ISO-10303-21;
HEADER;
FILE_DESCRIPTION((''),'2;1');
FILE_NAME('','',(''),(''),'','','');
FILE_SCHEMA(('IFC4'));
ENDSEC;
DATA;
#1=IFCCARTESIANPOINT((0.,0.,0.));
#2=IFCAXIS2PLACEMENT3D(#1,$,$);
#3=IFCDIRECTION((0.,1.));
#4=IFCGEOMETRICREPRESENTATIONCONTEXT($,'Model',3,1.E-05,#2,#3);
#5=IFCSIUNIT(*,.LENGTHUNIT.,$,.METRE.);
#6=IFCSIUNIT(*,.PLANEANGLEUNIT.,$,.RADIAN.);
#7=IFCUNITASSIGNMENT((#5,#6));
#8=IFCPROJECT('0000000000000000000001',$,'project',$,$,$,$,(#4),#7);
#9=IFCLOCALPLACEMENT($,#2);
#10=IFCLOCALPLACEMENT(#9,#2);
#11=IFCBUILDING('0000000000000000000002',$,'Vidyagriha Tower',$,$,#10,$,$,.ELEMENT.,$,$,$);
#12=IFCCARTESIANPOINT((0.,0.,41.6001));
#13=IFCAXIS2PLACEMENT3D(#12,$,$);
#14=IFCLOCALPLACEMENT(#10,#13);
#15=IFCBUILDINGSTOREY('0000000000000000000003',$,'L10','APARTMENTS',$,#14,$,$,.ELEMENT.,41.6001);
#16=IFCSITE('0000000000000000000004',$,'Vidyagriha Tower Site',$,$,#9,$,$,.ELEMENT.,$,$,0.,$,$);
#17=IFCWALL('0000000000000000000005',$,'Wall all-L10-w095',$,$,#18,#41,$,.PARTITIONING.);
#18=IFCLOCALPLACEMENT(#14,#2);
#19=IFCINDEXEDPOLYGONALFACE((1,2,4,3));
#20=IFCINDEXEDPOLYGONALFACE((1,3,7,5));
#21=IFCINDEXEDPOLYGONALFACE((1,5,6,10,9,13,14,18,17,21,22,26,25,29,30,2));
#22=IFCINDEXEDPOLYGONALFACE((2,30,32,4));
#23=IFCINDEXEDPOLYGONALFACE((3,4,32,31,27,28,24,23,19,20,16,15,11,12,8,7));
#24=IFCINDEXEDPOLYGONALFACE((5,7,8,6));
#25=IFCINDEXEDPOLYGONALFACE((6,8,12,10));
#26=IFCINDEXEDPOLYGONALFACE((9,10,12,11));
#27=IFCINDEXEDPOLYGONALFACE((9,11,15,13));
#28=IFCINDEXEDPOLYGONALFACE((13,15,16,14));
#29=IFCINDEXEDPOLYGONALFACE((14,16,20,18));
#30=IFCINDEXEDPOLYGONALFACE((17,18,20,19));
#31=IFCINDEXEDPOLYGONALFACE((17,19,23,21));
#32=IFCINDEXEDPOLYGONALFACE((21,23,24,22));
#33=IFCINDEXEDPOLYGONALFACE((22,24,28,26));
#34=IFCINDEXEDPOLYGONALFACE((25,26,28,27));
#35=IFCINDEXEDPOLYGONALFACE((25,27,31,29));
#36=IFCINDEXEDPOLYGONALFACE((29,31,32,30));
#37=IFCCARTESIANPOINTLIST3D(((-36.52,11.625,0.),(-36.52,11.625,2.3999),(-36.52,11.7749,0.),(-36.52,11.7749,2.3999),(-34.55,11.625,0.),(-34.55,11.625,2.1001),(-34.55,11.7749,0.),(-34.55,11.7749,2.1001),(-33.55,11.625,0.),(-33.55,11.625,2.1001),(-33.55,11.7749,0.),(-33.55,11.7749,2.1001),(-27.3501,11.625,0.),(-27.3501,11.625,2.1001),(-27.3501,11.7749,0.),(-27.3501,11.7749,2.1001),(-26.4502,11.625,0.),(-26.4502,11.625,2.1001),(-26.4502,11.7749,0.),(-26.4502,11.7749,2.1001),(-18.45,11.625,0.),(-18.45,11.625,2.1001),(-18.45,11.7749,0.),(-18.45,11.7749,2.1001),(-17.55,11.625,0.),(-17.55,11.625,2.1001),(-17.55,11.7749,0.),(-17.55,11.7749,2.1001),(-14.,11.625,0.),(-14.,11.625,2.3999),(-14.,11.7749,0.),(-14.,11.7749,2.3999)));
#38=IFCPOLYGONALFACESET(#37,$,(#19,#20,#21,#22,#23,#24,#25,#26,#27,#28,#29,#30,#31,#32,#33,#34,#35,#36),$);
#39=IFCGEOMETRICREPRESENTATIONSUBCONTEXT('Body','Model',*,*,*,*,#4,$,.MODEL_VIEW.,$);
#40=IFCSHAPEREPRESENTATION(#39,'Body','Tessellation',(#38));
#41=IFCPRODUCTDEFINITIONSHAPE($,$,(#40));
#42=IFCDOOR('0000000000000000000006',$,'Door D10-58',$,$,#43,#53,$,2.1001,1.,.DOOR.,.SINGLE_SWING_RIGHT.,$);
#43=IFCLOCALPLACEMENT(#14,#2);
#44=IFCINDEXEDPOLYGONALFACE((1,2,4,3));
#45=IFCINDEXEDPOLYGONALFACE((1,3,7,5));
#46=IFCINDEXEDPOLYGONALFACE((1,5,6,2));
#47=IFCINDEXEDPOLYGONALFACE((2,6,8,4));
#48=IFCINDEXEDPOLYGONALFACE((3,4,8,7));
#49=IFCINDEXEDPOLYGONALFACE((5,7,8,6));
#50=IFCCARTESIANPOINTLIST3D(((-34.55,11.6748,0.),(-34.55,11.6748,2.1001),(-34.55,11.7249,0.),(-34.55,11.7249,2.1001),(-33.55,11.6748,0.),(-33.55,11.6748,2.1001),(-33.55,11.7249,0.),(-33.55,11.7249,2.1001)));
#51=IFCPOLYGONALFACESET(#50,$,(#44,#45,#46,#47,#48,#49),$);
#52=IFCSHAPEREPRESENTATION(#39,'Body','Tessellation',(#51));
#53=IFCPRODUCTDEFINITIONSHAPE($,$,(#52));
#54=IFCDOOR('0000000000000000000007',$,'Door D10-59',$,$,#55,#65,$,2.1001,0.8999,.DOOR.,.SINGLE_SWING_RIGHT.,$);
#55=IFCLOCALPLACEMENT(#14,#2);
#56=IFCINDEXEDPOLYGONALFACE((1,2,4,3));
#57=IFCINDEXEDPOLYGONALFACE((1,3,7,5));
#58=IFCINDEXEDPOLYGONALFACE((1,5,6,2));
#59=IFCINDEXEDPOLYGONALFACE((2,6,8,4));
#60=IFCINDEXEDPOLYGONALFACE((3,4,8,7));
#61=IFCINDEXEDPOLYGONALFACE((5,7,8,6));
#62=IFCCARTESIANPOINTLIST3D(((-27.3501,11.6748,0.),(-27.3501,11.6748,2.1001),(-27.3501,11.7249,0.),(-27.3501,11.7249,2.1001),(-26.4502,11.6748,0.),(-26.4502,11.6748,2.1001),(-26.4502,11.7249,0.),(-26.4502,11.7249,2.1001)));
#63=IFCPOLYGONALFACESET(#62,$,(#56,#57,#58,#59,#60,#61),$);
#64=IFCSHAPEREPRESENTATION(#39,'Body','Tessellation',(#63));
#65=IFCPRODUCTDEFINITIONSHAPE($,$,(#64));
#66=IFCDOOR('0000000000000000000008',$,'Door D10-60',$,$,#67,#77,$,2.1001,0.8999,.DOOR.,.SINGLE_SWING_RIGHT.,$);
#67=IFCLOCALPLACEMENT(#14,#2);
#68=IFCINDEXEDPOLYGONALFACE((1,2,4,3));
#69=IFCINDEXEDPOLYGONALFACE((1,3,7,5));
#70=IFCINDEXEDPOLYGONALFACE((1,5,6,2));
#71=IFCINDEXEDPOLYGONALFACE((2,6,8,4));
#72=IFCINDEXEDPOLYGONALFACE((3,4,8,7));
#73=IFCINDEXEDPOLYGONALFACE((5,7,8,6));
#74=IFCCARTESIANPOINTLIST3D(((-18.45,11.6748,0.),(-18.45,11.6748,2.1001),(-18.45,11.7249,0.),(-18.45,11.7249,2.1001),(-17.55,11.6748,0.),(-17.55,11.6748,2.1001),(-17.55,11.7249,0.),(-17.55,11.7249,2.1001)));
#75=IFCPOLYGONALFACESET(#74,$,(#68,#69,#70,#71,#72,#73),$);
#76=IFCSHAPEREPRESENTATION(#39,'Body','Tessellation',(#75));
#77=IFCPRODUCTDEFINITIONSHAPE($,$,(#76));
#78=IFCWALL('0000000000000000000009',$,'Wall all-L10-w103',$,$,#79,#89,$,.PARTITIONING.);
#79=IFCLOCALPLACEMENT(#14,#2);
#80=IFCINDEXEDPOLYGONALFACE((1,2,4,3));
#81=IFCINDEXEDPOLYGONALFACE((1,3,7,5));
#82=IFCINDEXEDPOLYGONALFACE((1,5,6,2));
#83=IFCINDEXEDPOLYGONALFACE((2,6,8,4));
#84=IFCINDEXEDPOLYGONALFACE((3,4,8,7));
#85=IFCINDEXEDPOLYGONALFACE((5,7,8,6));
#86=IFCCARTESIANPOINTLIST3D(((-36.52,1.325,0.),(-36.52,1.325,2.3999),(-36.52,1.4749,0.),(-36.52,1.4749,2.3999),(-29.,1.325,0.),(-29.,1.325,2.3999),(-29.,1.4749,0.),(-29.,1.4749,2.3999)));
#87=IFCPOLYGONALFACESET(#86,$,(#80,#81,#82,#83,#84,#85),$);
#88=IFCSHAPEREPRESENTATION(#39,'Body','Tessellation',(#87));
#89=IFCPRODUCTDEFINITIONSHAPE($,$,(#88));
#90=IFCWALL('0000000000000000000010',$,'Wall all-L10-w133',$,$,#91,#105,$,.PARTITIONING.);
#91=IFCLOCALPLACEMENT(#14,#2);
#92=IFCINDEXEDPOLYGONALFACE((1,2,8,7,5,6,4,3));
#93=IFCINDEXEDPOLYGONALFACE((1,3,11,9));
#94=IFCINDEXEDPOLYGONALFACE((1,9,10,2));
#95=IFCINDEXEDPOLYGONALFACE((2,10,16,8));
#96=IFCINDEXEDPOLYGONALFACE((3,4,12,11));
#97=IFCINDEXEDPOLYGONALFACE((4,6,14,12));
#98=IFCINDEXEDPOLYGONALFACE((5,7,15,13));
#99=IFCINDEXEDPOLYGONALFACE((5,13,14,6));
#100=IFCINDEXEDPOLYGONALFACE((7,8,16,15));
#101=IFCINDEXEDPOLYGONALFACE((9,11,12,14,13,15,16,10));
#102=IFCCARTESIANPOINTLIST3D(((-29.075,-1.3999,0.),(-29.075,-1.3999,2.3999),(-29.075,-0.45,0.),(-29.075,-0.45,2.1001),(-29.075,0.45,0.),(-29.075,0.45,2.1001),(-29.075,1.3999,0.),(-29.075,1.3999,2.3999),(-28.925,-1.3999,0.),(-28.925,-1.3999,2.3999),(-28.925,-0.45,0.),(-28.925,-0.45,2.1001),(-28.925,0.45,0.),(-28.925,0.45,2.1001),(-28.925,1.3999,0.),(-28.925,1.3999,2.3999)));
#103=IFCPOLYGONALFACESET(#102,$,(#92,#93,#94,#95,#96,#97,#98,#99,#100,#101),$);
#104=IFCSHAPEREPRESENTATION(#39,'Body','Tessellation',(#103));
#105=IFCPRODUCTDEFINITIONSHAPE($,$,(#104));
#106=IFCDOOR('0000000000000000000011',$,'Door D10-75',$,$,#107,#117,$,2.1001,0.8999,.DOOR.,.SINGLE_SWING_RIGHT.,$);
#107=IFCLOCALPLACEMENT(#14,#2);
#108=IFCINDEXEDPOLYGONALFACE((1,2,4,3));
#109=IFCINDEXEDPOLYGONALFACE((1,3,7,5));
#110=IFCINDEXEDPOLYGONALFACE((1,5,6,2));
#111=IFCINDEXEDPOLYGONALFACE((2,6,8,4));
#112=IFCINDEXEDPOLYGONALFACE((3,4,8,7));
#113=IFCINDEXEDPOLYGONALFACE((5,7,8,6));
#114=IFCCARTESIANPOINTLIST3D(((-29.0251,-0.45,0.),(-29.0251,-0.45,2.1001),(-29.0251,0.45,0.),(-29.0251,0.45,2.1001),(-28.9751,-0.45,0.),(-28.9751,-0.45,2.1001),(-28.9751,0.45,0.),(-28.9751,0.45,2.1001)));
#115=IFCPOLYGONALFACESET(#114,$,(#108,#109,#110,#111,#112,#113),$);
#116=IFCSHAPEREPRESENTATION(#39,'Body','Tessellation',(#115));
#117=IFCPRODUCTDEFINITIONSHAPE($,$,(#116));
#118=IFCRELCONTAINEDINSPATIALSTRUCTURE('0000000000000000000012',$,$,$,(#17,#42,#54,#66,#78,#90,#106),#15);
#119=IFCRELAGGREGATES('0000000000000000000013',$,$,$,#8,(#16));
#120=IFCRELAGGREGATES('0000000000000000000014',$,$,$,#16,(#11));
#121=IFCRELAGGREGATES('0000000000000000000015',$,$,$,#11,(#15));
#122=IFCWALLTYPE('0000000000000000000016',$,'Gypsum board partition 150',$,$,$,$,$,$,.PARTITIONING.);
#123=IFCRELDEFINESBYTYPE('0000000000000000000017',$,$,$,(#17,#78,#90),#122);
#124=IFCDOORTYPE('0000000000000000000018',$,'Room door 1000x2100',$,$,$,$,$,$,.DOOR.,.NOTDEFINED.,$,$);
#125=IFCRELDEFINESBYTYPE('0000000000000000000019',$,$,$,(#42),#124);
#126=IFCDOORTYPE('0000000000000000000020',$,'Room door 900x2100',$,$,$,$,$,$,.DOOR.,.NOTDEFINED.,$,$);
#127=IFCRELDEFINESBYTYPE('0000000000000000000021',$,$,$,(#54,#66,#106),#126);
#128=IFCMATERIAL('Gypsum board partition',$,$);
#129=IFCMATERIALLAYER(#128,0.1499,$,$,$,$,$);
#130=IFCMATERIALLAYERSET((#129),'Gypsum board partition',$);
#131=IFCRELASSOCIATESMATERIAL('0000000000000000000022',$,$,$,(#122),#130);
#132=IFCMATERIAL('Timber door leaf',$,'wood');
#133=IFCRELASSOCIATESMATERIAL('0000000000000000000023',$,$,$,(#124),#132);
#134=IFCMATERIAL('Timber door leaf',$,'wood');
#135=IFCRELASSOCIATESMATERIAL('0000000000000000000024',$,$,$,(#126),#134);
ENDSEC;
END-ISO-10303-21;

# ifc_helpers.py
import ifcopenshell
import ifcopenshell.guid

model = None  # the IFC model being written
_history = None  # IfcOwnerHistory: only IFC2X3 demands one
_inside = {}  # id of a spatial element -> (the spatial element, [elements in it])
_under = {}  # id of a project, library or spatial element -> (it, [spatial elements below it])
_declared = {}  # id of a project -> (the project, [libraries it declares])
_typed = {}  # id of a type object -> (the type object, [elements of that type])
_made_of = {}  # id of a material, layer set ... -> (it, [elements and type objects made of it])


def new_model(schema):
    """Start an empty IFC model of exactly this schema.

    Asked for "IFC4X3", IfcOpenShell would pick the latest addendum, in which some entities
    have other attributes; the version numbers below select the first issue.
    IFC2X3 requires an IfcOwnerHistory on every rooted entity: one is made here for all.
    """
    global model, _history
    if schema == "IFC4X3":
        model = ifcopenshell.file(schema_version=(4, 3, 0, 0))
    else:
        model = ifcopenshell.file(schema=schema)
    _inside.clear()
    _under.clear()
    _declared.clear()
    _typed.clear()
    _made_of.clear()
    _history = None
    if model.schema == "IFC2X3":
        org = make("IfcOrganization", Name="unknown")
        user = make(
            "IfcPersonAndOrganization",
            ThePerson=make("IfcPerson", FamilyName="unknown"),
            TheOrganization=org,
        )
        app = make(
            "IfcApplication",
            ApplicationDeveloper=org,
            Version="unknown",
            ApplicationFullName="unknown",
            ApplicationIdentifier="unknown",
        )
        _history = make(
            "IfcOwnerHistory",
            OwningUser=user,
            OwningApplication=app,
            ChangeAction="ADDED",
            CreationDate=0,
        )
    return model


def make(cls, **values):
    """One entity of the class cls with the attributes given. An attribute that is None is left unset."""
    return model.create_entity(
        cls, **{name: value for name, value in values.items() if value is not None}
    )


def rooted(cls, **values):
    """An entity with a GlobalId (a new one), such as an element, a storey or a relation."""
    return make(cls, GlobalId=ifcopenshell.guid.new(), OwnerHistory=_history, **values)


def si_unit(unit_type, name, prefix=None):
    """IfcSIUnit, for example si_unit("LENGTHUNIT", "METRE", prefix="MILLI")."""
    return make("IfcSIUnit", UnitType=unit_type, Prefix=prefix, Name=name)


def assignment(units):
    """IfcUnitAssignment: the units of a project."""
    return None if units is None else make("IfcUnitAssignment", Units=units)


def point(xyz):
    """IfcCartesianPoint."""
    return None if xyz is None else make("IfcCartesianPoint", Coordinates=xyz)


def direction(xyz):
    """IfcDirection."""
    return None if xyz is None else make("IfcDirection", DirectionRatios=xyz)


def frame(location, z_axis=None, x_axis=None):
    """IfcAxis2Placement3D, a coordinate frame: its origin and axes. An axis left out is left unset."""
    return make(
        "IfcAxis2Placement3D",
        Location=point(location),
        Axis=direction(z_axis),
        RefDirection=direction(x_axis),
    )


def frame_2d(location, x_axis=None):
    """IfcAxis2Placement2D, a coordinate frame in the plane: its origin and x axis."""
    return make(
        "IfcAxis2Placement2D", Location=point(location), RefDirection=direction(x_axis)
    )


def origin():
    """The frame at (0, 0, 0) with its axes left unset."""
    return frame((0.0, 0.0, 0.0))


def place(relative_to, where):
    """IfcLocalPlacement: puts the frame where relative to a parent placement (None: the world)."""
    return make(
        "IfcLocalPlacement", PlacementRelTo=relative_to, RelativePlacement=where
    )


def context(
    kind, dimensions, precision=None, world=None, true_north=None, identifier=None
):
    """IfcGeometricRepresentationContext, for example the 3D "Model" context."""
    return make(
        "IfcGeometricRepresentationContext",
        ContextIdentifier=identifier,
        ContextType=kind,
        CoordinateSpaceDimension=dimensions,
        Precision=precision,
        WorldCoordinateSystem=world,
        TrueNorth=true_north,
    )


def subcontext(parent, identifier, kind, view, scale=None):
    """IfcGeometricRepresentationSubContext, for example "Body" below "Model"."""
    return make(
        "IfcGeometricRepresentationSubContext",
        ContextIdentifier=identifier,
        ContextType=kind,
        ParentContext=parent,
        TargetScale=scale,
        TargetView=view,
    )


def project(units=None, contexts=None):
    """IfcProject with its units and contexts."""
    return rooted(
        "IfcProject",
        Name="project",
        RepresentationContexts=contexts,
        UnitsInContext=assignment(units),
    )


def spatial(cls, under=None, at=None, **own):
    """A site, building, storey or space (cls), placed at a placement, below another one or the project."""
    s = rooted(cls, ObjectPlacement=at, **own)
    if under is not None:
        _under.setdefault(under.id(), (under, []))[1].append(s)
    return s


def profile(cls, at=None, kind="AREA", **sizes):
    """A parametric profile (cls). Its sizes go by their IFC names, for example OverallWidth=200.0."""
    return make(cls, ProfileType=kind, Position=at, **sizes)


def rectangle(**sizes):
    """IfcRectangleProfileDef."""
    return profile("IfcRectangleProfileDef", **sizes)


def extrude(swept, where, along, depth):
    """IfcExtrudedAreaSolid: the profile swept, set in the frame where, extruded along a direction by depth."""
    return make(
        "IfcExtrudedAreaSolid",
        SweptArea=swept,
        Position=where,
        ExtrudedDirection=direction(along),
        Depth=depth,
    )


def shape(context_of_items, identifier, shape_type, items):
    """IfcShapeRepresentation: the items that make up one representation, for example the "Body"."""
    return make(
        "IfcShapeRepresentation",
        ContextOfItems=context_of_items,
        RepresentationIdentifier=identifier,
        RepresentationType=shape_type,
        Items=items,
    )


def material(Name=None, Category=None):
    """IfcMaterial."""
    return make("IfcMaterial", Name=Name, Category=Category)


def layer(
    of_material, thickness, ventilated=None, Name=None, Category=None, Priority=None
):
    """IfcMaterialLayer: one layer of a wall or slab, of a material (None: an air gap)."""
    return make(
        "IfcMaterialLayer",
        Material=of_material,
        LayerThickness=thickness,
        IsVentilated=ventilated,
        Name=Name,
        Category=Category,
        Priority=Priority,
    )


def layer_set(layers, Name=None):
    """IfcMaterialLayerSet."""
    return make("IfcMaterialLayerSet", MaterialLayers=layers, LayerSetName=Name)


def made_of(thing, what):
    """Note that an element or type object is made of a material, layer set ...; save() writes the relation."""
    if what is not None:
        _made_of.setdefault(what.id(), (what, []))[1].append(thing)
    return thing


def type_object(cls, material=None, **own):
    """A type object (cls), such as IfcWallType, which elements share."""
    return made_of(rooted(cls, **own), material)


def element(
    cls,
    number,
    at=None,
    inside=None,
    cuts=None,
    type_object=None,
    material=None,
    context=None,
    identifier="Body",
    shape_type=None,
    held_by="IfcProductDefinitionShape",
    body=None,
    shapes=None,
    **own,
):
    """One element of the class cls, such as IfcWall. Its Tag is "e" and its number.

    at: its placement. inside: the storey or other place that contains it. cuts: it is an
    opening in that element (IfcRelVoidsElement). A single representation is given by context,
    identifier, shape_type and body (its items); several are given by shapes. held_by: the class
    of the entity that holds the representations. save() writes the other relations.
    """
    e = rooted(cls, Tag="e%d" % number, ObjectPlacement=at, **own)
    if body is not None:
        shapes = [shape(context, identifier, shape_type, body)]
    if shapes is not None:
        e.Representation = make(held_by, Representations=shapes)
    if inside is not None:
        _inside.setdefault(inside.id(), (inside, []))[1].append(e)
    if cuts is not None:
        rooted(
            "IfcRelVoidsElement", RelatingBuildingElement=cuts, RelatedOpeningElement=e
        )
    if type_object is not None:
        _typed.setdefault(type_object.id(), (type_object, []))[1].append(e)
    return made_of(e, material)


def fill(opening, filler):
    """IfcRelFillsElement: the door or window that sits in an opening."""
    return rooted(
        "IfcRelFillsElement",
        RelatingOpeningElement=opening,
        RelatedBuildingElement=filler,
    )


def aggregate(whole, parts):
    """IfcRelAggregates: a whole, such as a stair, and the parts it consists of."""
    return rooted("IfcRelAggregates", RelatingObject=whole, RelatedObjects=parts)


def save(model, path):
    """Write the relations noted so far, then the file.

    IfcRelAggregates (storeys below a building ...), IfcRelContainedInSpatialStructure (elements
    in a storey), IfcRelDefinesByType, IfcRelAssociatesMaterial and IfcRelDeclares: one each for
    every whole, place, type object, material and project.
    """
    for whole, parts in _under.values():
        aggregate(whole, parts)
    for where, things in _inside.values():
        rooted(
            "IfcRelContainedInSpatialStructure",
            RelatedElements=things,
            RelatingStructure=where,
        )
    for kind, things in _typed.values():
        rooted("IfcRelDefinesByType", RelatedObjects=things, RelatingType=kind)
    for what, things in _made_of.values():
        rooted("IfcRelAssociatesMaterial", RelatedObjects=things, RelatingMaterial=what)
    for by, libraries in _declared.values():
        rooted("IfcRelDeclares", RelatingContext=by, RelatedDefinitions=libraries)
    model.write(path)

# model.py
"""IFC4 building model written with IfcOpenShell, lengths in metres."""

from ifc_helpers import new_model, si_unit, direction, frame, frame_2d, origin, place, context, subcontext, project, spatial, rectangle, extrude, material, layer, layer_set, type_object, element, fill, save


model = new_model("IFC4")

# Units and contexts
model_context = context("Model", 3, precision=1e-05, world=origin(), true_north=direction((0.0, 1.0)))
body_context = subcontext(model_context, "Body", "Model", "MODEL_VIEW")
ifc_project = project(units=[si_unit("LENGTHUNIT", "METRE"), si_unit("PLANEANGLEUNIT", "RADIAN")], contexts=[model_context])

# Site, building, storey
site_placement = place(None, origin())
site = spatial("IfcSite", under=ifc_project, at=site_placement, Name="Vidyagriha Tower Site", CompositionType="ELEMENT", RefElevation=0.0)
building_placement = place(site_placement, origin())
building = spatial("IfcBuilding", under=site, at=building_placement, Name="Vidyagriha Tower", CompositionType="ELEMENT")
storey_placement = place(building_placement, frame((0.0, 0.0, 41.6001)))
storey = spatial("IfcBuildingStorey", under=building, at=storey_placement, Name="L10", Description="APARTMENTS", CompositionType="ELEMENT", Elevation=41.6001)

# Shared definitions
ifc_material_1 = material(Name="Gypsum board partition")
ifc_layer_1 = layer(ifc_material_1, 0.1499)
ifc_layer_set_1 = layer_set([ifc_layer_1], Name="Gypsum board partition")
wall_type_1 = type_object("IfcWallType", Name="Gypsum board partition 150", PredefinedType="PARTITIONING", material=ifc_layer_set_1)

# Wall, openings, doors
wall_1_placement = place(storey_placement, frame((-36.52, 11.7, 0.0)))
wall_1 = element("IfcWall", 1, at=wall_1_placement, inside=storey, type_object=wall_type_1, Name="Wall all-L10-w095", PredefinedType="PARTITIONING", context=body_context, shape_type="SweptSolid", body=[
    extrude(rectangle(XDim=22.52, YDim=0.1499, at=frame_2d((11.26, 0.0))), origin(), (0.0, 0.0, 1.0), 2.3999),
])
opening_1_placement = place(wall_1_placement, frame((1.97, 0.0, 0.0)))
opening_1 = element("IfcOpeningElement", 2, at=opening_1_placement, cuts=wall_1, PredefinedType="OPENING", context=body_context, shape_type="SweptSolid", body=[
    extrude(rectangle(XDim=1.0, YDim=2.1001, at=frame_2d((0.5, 1.05))), frame((0.0, 0.085, 0.0), z_axis=(0.0, -1.0, 0.0), x_axis=(1.0, 0.0, 0.0)), (0.0, 0.0, 1.0), 0.1699),
])
opening_2_placement = place(wall_1_placement, frame((9.1699, 0.0, 0.0)))
opening_2 = element("IfcOpeningElement", 3, at=opening_2_placement, cuts=wall_1, PredefinedType="OPENING", context=body_context, shape_type="SweptSolid", body=[
    extrude(rectangle(XDim=0.8999, YDim=2.1001, at=frame_2d((0.45, 1.05))), frame((0.0, 0.085, 0.0), z_axis=(0.0, -1.0, 0.0), x_axis=(1.0, 0.0, 0.0)), (0.0, 0.0, 1.0), 0.1699),
])
opening_3_placement = place(wall_1_placement, frame((18.0701, 0.0, 0.0)))
opening_3 = element("IfcOpeningElement", 4, at=opening_3_placement, cuts=wall_1, PredefinedType="OPENING", context=body_context, shape_type="SweptSolid", body=[
    extrude(rectangle(XDim=0.8999, YDim=2.1001, at=frame_2d((0.45, 1.05))), frame((0.0, 0.085, 0.0), z_axis=(0.0, -1.0, 0.0), x_axis=(1.0, 0.0, 0.0)), (0.0, 0.0, 1.0), 0.1699),
])
ifc_material_2 = material(Name="Timber door leaf", Category="wood")
door_type_1 = type_object("IfcDoorType", Name="Room door 1000x2100", OperationType="NOTDEFINED", PredefinedType="DOOR", material=ifc_material_2)
door_1_placement = place(opening_1_placement, origin())
door_1 = element("IfcDoor", 5, at=door_1_placement, inside=storey, type_object=door_type_1, Name="Door D10-58", OperationType="SINGLE_SWING_RIGHT", OverallHeight=2.1001, OverallWidth=1.0, PredefinedType="DOOR", context=body_context, shape_type="SweptSolid", body=[
    extrude(rectangle(XDim=1.0, YDim=2.1001, at=frame_2d((0.5, 1.05))), frame((0.0, 0.0249, 0.0), z_axis=(0.0, -1.0, 0.0), x_axis=(1.0, 0.0, 0.0)), (0.0, 0.0, 1.0), 0.05),
])
fill(opening_1, door_1)
ifc_material_3 = material(Name="Timber door leaf", Category="wood")
door_type_2 = type_object("IfcDoorType", Name="Room door 900x2100", OperationType="NOTDEFINED", PredefinedType="DOOR", material=ifc_material_3)
door_2_placement = place(opening_2_placement, origin())
door_2 = element("IfcDoor", 6, at=door_2_placement, inside=storey, type_object=door_type_2, Name="Door D10-59", OperationType="SINGLE_SWING_RIGHT", OverallHeight=2.1001, OverallWidth=0.8999, PredefinedType="DOOR", context=body_context, shape_type="SweptSolid", body=[
    extrude(rectangle(XDim=0.8999, YDim=2.1001, at=frame_2d((0.45, 1.05))), frame((0.0, 0.0249, 0.0), z_axis=(0.0, -1.0, 0.0), x_axis=(1.0, 0.0, 0.0)), (0.0, 0.0, 1.0), 0.05),
])
fill(opening_2, door_2)
door_3_placement = place(opening_3_placement, origin())
door_3 = element("IfcDoor", 7, at=door_3_placement, inside=storey, type_object=door_type_2, Name="Door D10-60", OperationType="SINGLE_SWING_RIGHT", OverallHeight=2.1001, OverallWidth=0.8999, PredefinedType="DOOR", context=body_context, shape_type="SweptSolid", body=[
    extrude(rectangle(XDim=0.8999, YDim=2.1001, at=frame_2d((0.45, 1.05))), frame((0.0, 0.0249, 0.0), z_axis=(0.0, -1.0, 0.0), x_axis=(1.0, 0.0, 0.0)), (0.0, 0.0, 1.0), 0.05),
])
fill(opening_3, door_3)

# Wall
wall_2_placement = place(storey_placement, frame((-36.52, 1.3999, 0.0)))
element("IfcWall", 8, at=wall_2_placement, inside=storey, type_object=wall_type_1, Name="Wall all-L10-w103", PredefinedType="PARTITIONING", context=body_context, shape_type="SweptSolid", body=[
    extrude(rectangle(XDim=7.52, YDim=0.1499, at=frame_2d((3.76, 0.0))), origin(), (0.0, 0.0, 1.0), 2.3999),
])

# Wall, opening, door
wall_3_placement = place(storey_placement, frame((-29.0, 1.3999, 0.0), z_axis=(0.0, 0.0, 1.0), x_axis=(0.0, -1.0, 0.0)))
wall_3 = element("IfcWall", 9, at=wall_3_placement, inside=storey, type_object=wall_type_1, Name="Wall all-L10-w133", PredefinedType="PARTITIONING", context=body_context, shape_type="SweptSolid", body=[
    extrude(rectangle(XDim=2.7998, YDim=0.1499, at=frame_2d((1.3999, 0.0))), origin(), (0.0, 0.0, 1.0), 2.3999),
])
opening_4_placement = place(wall_3_placement, frame((0.95, 0.0, 0.0)))
opening_4 = element("IfcOpeningElement", 10, at=opening_4_placement, cuts=wall_3, PredefinedType="OPENING", context=body_context, shape_type="SweptSolid", body=[
    extrude(rectangle(XDim=0.8999, YDim=2.1001, at=frame_2d((0.45, 1.05))), frame((0.0, 0.085, 0.0), z_axis=(0.0, -1.0, 0.0), x_axis=(1.0, 0.0, 0.0)), (0.0, 0.0, 1.0), 0.1699),
])
door_4_placement = place(opening_4_placement, origin())
door_4 = element("IfcDoor", 11, at=door_4_placement, inside=storey, type_object=door_type_2, Name="Door D10-75", OperationType="SINGLE_SWING_RIGHT", OverallHeight=2.1001, OverallWidth=0.8999, PredefinedType="DOOR", context=body_context, shape_type="SweptSolid", body=[
    extrude(rectangle(XDim=0.8999, YDim=2.1001, at=frame_2d((0.45, 1.05))), frame((0.0, 0.0249, 0.0), z_axis=(0.0, -1.0, 0.0), x_axis=(1.0, 0.0, 0.0)), (0.0, 0.0, 1.0), 0.05),
])
fill(opening_4, door_4)

save(model, "model.ifc")
